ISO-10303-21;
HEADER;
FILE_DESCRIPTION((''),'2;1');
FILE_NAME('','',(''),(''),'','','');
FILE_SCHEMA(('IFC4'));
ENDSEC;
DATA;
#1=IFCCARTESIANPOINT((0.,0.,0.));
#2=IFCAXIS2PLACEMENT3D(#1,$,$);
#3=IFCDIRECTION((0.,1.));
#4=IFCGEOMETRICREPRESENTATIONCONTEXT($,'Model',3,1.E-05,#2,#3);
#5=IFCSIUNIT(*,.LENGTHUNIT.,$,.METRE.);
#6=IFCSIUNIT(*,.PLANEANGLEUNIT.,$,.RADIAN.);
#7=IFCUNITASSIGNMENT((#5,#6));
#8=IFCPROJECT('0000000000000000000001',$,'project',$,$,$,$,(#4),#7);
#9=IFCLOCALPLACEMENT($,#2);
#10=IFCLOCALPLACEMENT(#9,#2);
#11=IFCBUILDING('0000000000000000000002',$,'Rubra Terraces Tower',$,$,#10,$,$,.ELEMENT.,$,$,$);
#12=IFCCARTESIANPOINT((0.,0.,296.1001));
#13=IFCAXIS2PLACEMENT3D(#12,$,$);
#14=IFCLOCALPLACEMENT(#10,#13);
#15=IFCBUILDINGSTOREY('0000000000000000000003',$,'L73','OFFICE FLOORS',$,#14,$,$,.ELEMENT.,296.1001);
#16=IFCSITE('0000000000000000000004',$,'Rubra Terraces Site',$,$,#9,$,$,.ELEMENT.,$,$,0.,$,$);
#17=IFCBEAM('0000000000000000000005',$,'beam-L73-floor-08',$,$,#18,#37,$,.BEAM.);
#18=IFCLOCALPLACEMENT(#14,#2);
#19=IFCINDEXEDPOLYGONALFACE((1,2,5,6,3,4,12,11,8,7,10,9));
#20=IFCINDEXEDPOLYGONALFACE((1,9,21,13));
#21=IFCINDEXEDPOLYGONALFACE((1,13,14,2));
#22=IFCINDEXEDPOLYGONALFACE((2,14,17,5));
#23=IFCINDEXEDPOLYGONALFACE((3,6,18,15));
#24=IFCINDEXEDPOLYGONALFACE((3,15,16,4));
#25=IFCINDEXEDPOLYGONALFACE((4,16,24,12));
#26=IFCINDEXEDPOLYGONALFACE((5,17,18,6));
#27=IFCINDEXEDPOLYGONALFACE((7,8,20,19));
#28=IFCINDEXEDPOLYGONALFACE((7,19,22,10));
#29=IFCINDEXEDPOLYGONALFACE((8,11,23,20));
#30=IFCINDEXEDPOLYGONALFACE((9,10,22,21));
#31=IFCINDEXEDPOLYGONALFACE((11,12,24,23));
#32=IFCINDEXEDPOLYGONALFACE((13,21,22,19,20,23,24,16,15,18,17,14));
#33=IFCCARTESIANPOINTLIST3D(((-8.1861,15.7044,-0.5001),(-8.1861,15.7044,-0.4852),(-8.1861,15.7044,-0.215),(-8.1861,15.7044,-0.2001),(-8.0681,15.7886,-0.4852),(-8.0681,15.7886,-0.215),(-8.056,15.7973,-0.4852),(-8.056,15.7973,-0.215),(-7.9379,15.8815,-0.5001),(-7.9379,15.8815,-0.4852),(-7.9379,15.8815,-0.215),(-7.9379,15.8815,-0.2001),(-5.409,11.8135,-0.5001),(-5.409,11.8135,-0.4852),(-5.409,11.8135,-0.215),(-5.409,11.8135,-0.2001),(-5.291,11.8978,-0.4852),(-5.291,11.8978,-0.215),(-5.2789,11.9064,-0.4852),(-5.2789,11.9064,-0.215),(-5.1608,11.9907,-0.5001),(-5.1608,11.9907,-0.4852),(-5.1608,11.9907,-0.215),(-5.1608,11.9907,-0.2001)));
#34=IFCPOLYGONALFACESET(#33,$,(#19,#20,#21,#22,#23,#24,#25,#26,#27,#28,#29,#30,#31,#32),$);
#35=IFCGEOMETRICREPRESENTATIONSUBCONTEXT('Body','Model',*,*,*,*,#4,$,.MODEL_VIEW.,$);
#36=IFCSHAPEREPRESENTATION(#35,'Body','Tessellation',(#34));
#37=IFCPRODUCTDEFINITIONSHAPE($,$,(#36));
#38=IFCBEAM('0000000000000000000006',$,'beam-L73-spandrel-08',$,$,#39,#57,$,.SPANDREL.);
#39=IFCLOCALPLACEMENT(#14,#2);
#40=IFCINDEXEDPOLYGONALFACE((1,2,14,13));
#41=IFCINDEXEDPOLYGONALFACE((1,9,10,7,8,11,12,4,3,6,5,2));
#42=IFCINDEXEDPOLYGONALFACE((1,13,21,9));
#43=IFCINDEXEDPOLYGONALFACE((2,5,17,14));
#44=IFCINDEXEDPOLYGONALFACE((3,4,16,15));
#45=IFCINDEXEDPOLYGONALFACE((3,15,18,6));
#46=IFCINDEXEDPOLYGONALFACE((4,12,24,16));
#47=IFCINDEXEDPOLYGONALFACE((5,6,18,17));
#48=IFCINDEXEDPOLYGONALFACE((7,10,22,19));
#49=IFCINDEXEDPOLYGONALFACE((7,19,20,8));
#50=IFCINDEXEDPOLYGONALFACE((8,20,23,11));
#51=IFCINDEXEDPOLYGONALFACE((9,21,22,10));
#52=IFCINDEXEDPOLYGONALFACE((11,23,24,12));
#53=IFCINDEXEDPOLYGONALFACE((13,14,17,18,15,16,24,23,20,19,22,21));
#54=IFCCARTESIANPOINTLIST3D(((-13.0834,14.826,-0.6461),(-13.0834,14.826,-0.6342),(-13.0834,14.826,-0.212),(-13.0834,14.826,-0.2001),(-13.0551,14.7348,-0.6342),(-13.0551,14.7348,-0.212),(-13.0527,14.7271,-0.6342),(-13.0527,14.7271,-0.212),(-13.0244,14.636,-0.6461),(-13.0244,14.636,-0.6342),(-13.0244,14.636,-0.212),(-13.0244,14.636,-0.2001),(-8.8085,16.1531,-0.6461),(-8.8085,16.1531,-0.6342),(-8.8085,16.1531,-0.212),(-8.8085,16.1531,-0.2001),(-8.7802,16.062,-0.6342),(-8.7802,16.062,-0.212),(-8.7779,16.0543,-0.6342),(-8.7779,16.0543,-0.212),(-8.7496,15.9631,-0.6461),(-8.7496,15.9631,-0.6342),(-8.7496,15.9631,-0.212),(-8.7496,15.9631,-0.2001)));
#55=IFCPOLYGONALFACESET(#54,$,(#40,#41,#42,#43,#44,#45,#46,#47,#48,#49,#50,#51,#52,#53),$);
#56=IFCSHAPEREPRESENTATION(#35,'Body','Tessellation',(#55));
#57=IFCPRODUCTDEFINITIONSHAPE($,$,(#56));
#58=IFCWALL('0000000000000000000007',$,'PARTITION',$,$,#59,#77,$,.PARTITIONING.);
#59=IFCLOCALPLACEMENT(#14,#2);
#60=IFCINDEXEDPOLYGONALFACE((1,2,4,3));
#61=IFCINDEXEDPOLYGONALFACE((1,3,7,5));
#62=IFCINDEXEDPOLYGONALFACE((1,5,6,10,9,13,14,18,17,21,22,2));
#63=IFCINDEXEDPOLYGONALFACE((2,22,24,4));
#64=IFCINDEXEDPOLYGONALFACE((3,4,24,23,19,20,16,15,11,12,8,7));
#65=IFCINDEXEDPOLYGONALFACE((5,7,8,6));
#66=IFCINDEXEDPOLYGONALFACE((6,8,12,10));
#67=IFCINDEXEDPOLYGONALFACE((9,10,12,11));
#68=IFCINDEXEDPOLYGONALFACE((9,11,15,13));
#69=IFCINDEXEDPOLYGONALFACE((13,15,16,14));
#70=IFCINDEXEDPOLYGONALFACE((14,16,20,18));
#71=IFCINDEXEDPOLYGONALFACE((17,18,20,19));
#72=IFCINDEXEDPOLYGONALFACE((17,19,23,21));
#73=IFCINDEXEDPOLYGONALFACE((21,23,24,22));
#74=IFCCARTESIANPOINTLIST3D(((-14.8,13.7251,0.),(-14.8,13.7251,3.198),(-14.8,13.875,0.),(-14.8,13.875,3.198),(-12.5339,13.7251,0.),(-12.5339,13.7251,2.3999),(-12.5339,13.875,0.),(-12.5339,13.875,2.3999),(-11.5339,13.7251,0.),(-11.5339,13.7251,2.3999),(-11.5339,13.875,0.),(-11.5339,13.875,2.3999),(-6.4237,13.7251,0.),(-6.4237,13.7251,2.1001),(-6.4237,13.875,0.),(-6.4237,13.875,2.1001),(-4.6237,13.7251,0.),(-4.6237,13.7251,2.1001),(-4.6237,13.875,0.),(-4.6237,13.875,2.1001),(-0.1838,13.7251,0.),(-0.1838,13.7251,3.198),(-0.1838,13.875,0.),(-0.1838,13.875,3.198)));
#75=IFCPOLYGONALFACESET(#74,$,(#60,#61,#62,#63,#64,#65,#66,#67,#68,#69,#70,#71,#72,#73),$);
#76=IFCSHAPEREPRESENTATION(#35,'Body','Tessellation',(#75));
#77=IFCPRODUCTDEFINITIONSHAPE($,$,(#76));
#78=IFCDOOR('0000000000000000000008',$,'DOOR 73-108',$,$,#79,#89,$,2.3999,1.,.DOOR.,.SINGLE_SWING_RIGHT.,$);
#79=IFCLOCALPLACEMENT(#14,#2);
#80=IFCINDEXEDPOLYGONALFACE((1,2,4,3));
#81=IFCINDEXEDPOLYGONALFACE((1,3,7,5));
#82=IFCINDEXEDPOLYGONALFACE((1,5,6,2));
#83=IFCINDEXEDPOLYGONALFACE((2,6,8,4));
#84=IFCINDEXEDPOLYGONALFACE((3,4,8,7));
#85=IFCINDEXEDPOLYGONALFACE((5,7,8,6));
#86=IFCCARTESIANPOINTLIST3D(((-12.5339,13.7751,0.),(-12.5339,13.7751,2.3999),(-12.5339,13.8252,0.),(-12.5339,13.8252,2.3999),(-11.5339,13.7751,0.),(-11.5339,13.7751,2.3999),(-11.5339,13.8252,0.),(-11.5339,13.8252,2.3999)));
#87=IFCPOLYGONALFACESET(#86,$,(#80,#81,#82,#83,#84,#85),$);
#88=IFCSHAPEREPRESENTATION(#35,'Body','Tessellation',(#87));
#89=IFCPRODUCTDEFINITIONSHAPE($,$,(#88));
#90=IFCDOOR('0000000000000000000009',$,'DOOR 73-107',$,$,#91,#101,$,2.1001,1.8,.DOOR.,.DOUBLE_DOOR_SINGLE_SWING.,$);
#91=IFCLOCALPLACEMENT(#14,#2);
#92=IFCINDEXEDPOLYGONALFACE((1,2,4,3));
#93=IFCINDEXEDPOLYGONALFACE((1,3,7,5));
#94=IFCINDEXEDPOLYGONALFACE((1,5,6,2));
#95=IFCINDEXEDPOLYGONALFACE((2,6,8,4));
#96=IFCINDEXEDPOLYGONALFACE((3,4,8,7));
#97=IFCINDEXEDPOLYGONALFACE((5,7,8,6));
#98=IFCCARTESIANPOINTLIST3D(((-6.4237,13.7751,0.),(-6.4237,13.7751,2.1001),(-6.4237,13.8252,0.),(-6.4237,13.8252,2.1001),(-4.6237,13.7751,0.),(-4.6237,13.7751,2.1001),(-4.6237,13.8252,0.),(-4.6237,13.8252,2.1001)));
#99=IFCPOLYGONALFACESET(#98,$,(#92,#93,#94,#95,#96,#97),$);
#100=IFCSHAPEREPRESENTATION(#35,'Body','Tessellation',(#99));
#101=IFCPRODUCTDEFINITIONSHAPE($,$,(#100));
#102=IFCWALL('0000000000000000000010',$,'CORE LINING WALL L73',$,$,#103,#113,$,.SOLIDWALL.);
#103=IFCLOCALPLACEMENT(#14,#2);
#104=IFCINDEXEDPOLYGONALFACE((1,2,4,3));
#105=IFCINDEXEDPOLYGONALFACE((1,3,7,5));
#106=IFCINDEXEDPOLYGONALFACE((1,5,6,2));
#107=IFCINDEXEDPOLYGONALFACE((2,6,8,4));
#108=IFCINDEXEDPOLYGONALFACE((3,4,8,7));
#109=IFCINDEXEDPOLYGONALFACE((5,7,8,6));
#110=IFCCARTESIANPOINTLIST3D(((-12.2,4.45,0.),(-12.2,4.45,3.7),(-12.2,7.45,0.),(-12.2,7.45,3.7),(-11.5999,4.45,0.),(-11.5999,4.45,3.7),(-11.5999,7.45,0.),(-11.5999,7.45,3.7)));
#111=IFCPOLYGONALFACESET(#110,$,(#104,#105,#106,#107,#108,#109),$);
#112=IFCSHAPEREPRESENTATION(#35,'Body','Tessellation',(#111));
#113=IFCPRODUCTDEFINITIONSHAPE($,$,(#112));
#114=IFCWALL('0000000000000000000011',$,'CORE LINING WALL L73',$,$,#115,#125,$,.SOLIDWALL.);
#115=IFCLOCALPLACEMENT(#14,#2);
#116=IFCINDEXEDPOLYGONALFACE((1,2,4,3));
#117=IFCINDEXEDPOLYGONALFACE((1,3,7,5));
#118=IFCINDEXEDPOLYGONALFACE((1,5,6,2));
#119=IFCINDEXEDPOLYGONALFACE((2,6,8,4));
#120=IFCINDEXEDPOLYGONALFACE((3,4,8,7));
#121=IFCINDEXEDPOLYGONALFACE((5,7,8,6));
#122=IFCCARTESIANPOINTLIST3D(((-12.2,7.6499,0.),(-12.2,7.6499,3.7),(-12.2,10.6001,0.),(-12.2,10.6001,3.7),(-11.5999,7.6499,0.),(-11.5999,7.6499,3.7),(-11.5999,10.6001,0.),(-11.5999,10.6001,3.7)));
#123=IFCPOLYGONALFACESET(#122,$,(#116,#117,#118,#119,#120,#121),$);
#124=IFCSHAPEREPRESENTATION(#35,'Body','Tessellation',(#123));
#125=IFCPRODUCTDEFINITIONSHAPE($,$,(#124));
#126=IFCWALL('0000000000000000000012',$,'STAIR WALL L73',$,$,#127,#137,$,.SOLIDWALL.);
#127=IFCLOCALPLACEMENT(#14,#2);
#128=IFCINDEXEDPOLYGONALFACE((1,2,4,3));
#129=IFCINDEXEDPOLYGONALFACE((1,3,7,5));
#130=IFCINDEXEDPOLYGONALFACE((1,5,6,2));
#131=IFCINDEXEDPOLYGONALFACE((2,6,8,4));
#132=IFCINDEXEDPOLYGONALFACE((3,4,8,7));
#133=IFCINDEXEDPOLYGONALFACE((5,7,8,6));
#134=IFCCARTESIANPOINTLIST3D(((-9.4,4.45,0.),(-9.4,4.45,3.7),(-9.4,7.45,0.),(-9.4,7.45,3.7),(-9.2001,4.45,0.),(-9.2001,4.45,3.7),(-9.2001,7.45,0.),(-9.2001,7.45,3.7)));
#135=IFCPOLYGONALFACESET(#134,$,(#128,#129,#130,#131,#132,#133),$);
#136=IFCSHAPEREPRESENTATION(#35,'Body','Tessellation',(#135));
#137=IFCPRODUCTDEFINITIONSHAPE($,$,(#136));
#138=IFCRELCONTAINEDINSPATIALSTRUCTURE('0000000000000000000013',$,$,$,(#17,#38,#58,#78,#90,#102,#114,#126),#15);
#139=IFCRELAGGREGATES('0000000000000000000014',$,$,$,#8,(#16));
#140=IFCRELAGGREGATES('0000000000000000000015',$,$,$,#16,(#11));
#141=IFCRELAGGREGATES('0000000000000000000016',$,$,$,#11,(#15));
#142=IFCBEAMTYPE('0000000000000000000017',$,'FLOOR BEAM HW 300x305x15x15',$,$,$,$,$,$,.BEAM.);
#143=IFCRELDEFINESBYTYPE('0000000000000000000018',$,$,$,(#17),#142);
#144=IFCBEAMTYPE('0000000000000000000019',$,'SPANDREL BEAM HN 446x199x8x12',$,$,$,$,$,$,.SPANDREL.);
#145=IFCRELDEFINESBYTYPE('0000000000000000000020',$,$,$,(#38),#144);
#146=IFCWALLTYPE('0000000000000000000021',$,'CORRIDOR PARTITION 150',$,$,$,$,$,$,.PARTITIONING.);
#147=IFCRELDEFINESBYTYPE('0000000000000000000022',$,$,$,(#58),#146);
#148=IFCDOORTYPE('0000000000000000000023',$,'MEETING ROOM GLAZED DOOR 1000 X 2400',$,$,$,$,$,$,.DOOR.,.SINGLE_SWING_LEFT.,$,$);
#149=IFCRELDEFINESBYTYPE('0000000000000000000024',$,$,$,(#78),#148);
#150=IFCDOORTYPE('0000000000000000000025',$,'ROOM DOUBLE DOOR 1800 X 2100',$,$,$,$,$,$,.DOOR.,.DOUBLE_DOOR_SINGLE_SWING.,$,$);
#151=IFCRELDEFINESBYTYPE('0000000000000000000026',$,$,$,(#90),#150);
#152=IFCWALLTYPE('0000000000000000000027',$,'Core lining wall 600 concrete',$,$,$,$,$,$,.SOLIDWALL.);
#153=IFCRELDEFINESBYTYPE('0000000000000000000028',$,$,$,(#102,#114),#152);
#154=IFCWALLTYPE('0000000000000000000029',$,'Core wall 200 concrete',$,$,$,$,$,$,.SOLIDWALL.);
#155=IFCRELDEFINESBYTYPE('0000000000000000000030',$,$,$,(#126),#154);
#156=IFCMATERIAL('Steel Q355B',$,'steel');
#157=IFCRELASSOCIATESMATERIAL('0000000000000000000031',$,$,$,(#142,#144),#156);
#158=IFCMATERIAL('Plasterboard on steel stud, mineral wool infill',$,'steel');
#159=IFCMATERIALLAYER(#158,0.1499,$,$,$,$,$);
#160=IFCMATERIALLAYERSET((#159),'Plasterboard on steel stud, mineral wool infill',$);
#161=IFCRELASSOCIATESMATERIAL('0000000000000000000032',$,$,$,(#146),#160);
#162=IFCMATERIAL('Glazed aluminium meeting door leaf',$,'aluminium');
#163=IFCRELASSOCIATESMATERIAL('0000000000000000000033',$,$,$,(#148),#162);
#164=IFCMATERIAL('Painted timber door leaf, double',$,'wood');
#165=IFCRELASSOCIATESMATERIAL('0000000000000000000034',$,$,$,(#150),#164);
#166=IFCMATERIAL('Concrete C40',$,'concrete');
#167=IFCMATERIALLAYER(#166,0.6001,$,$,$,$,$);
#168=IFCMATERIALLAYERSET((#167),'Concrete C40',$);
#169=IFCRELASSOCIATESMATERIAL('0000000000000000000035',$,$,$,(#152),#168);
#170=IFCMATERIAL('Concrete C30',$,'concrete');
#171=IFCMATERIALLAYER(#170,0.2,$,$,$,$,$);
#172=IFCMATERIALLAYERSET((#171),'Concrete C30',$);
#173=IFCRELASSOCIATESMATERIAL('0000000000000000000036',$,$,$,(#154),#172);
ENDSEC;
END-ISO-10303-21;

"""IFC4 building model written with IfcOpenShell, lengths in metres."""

from ifc_helpers import new_model, si_unit, direction, frame, frame_2d, origin, origin_2d, place, context, subcontext, project, spatial, rectangle, i_section, extrude, material, layer, layer_set, material_profile, profile_set, type_object, element, fill, save


model = new_model("IFC4")

# Units and contexts
model_context = context("Model", 3, precision=1e-05, world=origin(), true_north=direction((0.0, 1.0)))
body_context = subcontext(model_context, "Body", "Model", "MODEL_VIEW")
ifc_project = project(units=[si_unit("LENGTHUNIT", "METRE"), si_unit("PLANEANGLEUNIT", "RADIAN")], contexts=[model_context])

# Site, building, storey
site_placement = place(None, origin())
site = spatial("IfcSite", under=ifc_project, at=site_placement, Name="Rubra Terraces Site", CompositionType="ELEMENT", RefElevation=0.0)
building_placement = place(site_placement, origin())
building = spatial("IfcBuilding", under=site, at=building_placement, Name="Rubra Terraces Tower", CompositionType="ELEMENT")
storey_placement = place(building_placement, frame((0.0, 0.0, 296.1001)))
storey = spatial("IfcBuildingStorey", under=building, at=storey_placement, Name="L73", Description="OFFICE FLOORS", CompositionType="ELEMENT", Elevation=296.1001)

# Beams
ifc_material_1 = material(Name="Steel Q355B", Category="steel")
ifc_material_profile_1 = material_profile(ifc_material_1, i_section(OverallWidth=0.3049, OverallDepth=0.3, WebThickness=0.0149, FlangeThickness=0.0149, at=origin_2d()), Name="HW 300x305x15x15")
ifc_profile_set_1 = profile_set([ifc_material_profile_1], Name="Steel Q355B")
beam_type_1 = type_object("IfcBeamType", Name="FLOOR BEAM HW 300x305x15x15", PredefinedType="BEAM", material=ifc_profile_set_1)
beam_1_placement = place(storey_placement, frame((-8.062, 15.793, -0.3501), z_axis=(0.580948, -0.81394, 0.0), x_axis=(0.81394, 0.580948, 0.0)))
element("IfcBeam", 1, at=beam_1_placement, inside=storey, type_object=beam_type_1, Name="beam-L73-floor-08", PredefinedType="BEAM", context=body_context, shape_type="SweptSolid", body=[
    extrude(i_section(OverallWidth=0.3049, OverallDepth=0.3, WebThickness=0.0149, FlangeThickness=0.0149, at=origin_2d()), origin(), (0.0, 0.0, 1.0), 4.7803),
])
ifc_material_profile_2 = material_profile(ifc_material_1, i_section(OverallWidth=0.199, OverallDepth=0.446, WebThickness=0.0081, FlangeThickness=0.012, at=origin_2d()), Name="HN 446x199x8x12")
ifc_profile_set_2 = profile_set([ifc_material_profile_2], Name="Steel Q355B")
beam_type_2 = type_object("IfcBeamType", Name="SPANDREL BEAM HN 446x199x8x12", PredefinedType="SPANDREL", material=ifc_profile_set_2)
beam_2_placement = place(storey_placement, frame((-8.7791, 16.0581, -0.4231), z_axis=(-0.955035, -0.296492, 0.0), x_axis=(0.296492, -0.955035, 0.0)))
element("IfcBeam", 2, at=beam_2_placement, inside=storey, type_object=beam_type_2, Name="beam-L73-spandrel-08", PredefinedType="SPANDREL", context=body_context, shape_type="SweptSolid", body=[
    extrude(i_section(OverallWidth=0.199, OverallDepth=0.446, WebThickness=0.0081, FlangeThickness=0.012, at=origin_2d()), origin(), (0.0, 0.0, 1.0), 4.4761),
])

# Wall, openings, doors
ifc_material_2 = material(Name="Plasterboard on steel stud, mineral wool infill", Category="steel")
ifc_layer_1 = layer(ifc_material_2, 0.1499)
ifc_layer_set_1 = layer_set([ifc_layer_1], Name="Plasterboard on steel stud, mineral wool infill")
wall_type_1 = type_object("IfcWallType", Name="CORRIDOR PARTITION 150", PredefinedType="PARTITIONING", material=ifc_layer_set_1)
wall_1_placement = place(storey_placement, frame((-0.1838, 13.8, 0.0), z_axis=(0.0, 0.0, 1.0), x_axis=(-1.0, 0.0, 0.0)))
wall_1 = element("IfcWall", 3, at=wall_1_placement, inside=storey, type_object=wall_type_1, Name="PARTITION", PredefinedType="PARTITIONING", context=body_context, shape_type="SweptSolid", body=[
    extrude(rectangle(XDim=14.6162, YDim=0.1499, at=frame_2d((7.3081, 0.0))), origin(), (0.0, 0.0, 1.0), 3.198),
])
opening_1_placement = place(wall_1_placement, frame((4.4399, 0.0, 0.0)))
opening_1 = element("IfcOpeningElement", 4, at=opening_1_placement, cuts=wall_1, PredefinedType="OPENING", context=body_context, shape_type="SweptSolid", body=[
    extrude(rectangle(XDim=1.8, YDim=2.1001, at=frame_2d((0.8999, 1.05))), frame((0.0, 0.085, 0.0), z_axis=(0.0, -1.0, 0.0), x_axis=(1.0, 0.0, 0.0)), (0.0, 0.0, 1.0), 0.1699),
])
opening_2_placement = place(wall_1_placement, frame((11.3501, 0.0, 0.0)))
opening_2 = element("IfcOpeningElement", 5, at=opening_2_placement, cuts=wall_1, PredefinedType="OPENING", context=body_context, shape_type="SweptSolid", body=[
    extrude(rectangle(XDim=1.0, YDim=2.3999, at=frame_2d((0.5, 1.2))), frame((0.0, 0.085, 0.0), z_axis=(0.0, -1.0, 0.0), x_axis=(1.0, 0.0, 0.0)), (0.0, 0.0, 1.0), 0.1699),
])
ifc_material_3 = material(Name="Glazed aluminium meeting door leaf", Category="aluminium")
door_type_1 = type_object("IfcDoorType", Name="MEETING ROOM GLAZED DOOR 1000 X 2400", OperationType="SINGLE_SWING_LEFT", PredefinedType="DOOR", material=ifc_material_3)
door_1_placement = place(opening_2_placement, origin())
door_1 = element("IfcDoor", 6, at=door_1_placement, inside=storey, type_object=door_type_1, Name="DOOR 73-108", OperationType="SINGLE_SWING_RIGHT", OverallHeight=2.3999, OverallWidth=1.0, PredefinedType="DOOR", context=body_context, shape_type="SweptSolid", body=[
    extrude(rectangle(XDim=1.0, YDim=2.3999, at=frame_2d((0.5, 1.2))), frame((0.0, 0.0249, 0.0), z_axis=(0.0, -1.0, 0.0), x_axis=(1.0, 0.0, 0.0)), (0.0, 0.0, 1.0), 0.05),
])
fill(opening_2, door_1)
ifc_material_4 = material(Name="Painted timber door leaf, double", Category="wood")
door_type_2 = type_object("IfcDoorType", Name="ROOM DOUBLE DOOR 1800 X 2100", OperationType="DOUBLE_DOOR_SINGLE_SWING", PredefinedType="DOOR", material=ifc_material_4)
door_2_placement = place(opening_1_placement, origin())
door_2 = element("IfcDoor", 7, at=door_2_placement, inside=storey, type_object=door_type_2, Name="DOOR 73-107", OperationType="DOUBLE_DOOR_SINGLE_SWING", OverallHeight=2.1001, OverallWidth=1.8, PredefinedType="DOOR", context=body_context, shape_type="SweptSolid", body=[
    extrude(rectangle(XDim=1.8, YDim=2.1001, at=frame_2d((0.8999, 1.05))), frame((0.0, 0.0249, 0.0), z_axis=(0.0, -1.0, 0.0), x_axis=(1.0, 0.0, 0.0)), (0.0, 0.0, 1.0), 0.05),
])
fill(opening_1, door_2)

# Walls
ifc_material_5 = material(Name="Concrete C40", Category="concrete")
ifc_layer_2 = layer(ifc_material_5, 0.6001)
ifc_layer_set_2 = layer_set([ifc_layer_2], Name="Concrete C40")
wall_type_2 = type_object("IfcWallType", Name="Core lining wall 600 concrete", PredefinedType="SOLIDWALL", material=ifc_layer_set_2)
wall_2_placement = place(storey_placement, frame((-11.8999, 4.45, 0.0), z_axis=(0.0, 0.0, 1.0), x_axis=(0.0, 1.0, 0.0)))
element("IfcWall", 8, at=wall_2_placement, inside=storey, type_object=wall_type_2, Name="CORE LINING WALL L73", PredefinedType="SOLIDWALL", context=body_context, shape_type="SweptSolid", body=[
    extrude(rectangle(XDim=3.0, YDim=0.6001, at=frame_2d((1.5, 0.0))), origin(), (0.0, 0.0, 1.0), 3.7),
])
wall_3_placement = place(storey_placement, frame((-11.8999, 7.6499, 0.0), z_axis=(0.0, 0.0, 1.0), x_axis=(0.0, 1.0, 0.0)))
element("IfcWall", 9, at=wall_3_placement, inside=storey, type_object=wall_type_2, Name="CORE LINING WALL L73", PredefinedType="SOLIDWALL", context=body_context, shape_type="SweptSolid", body=[
    extrude(rectangle(XDim=2.9502, YDim=0.6001, at=frame_2d((1.4751, 0.0))), origin(), (0.0, 0.0, 1.0), 3.7),
])
ifc_material_6 = material(Name="Concrete C30", Category="concrete")
ifc_layer_3 = layer(ifc_material_6, 0.2)
ifc_layer_set_3 = layer_set([ifc_layer_3], Name="Concrete C30")
wall_type_3 = type_object("IfcWallType", Name="Core wall 200 concrete", PredefinedType="SOLIDWALL", material=ifc_layer_set_3)
wall_4_placement = place(storey_placement, frame((-9.3, 4.45, 0.0), z_axis=(0.0, 0.0, 1.0), x_axis=(0.0, 1.0, 0.0)))
element("IfcWall", 10, at=wall_4_placement, inside=storey, type_object=wall_type_3, Name="STAIR WALL L73", PredefinedType="SOLIDWALL", context=body_context, shape_type="SweptSolid", body=[
    extrude(rectangle(XDim=3.0, YDim=0.2, at=frame_2d((1.5, 0.0))), origin(), (0.0, 0.0, 1.0), 3.7),
])

save(model, "model.ifc")
